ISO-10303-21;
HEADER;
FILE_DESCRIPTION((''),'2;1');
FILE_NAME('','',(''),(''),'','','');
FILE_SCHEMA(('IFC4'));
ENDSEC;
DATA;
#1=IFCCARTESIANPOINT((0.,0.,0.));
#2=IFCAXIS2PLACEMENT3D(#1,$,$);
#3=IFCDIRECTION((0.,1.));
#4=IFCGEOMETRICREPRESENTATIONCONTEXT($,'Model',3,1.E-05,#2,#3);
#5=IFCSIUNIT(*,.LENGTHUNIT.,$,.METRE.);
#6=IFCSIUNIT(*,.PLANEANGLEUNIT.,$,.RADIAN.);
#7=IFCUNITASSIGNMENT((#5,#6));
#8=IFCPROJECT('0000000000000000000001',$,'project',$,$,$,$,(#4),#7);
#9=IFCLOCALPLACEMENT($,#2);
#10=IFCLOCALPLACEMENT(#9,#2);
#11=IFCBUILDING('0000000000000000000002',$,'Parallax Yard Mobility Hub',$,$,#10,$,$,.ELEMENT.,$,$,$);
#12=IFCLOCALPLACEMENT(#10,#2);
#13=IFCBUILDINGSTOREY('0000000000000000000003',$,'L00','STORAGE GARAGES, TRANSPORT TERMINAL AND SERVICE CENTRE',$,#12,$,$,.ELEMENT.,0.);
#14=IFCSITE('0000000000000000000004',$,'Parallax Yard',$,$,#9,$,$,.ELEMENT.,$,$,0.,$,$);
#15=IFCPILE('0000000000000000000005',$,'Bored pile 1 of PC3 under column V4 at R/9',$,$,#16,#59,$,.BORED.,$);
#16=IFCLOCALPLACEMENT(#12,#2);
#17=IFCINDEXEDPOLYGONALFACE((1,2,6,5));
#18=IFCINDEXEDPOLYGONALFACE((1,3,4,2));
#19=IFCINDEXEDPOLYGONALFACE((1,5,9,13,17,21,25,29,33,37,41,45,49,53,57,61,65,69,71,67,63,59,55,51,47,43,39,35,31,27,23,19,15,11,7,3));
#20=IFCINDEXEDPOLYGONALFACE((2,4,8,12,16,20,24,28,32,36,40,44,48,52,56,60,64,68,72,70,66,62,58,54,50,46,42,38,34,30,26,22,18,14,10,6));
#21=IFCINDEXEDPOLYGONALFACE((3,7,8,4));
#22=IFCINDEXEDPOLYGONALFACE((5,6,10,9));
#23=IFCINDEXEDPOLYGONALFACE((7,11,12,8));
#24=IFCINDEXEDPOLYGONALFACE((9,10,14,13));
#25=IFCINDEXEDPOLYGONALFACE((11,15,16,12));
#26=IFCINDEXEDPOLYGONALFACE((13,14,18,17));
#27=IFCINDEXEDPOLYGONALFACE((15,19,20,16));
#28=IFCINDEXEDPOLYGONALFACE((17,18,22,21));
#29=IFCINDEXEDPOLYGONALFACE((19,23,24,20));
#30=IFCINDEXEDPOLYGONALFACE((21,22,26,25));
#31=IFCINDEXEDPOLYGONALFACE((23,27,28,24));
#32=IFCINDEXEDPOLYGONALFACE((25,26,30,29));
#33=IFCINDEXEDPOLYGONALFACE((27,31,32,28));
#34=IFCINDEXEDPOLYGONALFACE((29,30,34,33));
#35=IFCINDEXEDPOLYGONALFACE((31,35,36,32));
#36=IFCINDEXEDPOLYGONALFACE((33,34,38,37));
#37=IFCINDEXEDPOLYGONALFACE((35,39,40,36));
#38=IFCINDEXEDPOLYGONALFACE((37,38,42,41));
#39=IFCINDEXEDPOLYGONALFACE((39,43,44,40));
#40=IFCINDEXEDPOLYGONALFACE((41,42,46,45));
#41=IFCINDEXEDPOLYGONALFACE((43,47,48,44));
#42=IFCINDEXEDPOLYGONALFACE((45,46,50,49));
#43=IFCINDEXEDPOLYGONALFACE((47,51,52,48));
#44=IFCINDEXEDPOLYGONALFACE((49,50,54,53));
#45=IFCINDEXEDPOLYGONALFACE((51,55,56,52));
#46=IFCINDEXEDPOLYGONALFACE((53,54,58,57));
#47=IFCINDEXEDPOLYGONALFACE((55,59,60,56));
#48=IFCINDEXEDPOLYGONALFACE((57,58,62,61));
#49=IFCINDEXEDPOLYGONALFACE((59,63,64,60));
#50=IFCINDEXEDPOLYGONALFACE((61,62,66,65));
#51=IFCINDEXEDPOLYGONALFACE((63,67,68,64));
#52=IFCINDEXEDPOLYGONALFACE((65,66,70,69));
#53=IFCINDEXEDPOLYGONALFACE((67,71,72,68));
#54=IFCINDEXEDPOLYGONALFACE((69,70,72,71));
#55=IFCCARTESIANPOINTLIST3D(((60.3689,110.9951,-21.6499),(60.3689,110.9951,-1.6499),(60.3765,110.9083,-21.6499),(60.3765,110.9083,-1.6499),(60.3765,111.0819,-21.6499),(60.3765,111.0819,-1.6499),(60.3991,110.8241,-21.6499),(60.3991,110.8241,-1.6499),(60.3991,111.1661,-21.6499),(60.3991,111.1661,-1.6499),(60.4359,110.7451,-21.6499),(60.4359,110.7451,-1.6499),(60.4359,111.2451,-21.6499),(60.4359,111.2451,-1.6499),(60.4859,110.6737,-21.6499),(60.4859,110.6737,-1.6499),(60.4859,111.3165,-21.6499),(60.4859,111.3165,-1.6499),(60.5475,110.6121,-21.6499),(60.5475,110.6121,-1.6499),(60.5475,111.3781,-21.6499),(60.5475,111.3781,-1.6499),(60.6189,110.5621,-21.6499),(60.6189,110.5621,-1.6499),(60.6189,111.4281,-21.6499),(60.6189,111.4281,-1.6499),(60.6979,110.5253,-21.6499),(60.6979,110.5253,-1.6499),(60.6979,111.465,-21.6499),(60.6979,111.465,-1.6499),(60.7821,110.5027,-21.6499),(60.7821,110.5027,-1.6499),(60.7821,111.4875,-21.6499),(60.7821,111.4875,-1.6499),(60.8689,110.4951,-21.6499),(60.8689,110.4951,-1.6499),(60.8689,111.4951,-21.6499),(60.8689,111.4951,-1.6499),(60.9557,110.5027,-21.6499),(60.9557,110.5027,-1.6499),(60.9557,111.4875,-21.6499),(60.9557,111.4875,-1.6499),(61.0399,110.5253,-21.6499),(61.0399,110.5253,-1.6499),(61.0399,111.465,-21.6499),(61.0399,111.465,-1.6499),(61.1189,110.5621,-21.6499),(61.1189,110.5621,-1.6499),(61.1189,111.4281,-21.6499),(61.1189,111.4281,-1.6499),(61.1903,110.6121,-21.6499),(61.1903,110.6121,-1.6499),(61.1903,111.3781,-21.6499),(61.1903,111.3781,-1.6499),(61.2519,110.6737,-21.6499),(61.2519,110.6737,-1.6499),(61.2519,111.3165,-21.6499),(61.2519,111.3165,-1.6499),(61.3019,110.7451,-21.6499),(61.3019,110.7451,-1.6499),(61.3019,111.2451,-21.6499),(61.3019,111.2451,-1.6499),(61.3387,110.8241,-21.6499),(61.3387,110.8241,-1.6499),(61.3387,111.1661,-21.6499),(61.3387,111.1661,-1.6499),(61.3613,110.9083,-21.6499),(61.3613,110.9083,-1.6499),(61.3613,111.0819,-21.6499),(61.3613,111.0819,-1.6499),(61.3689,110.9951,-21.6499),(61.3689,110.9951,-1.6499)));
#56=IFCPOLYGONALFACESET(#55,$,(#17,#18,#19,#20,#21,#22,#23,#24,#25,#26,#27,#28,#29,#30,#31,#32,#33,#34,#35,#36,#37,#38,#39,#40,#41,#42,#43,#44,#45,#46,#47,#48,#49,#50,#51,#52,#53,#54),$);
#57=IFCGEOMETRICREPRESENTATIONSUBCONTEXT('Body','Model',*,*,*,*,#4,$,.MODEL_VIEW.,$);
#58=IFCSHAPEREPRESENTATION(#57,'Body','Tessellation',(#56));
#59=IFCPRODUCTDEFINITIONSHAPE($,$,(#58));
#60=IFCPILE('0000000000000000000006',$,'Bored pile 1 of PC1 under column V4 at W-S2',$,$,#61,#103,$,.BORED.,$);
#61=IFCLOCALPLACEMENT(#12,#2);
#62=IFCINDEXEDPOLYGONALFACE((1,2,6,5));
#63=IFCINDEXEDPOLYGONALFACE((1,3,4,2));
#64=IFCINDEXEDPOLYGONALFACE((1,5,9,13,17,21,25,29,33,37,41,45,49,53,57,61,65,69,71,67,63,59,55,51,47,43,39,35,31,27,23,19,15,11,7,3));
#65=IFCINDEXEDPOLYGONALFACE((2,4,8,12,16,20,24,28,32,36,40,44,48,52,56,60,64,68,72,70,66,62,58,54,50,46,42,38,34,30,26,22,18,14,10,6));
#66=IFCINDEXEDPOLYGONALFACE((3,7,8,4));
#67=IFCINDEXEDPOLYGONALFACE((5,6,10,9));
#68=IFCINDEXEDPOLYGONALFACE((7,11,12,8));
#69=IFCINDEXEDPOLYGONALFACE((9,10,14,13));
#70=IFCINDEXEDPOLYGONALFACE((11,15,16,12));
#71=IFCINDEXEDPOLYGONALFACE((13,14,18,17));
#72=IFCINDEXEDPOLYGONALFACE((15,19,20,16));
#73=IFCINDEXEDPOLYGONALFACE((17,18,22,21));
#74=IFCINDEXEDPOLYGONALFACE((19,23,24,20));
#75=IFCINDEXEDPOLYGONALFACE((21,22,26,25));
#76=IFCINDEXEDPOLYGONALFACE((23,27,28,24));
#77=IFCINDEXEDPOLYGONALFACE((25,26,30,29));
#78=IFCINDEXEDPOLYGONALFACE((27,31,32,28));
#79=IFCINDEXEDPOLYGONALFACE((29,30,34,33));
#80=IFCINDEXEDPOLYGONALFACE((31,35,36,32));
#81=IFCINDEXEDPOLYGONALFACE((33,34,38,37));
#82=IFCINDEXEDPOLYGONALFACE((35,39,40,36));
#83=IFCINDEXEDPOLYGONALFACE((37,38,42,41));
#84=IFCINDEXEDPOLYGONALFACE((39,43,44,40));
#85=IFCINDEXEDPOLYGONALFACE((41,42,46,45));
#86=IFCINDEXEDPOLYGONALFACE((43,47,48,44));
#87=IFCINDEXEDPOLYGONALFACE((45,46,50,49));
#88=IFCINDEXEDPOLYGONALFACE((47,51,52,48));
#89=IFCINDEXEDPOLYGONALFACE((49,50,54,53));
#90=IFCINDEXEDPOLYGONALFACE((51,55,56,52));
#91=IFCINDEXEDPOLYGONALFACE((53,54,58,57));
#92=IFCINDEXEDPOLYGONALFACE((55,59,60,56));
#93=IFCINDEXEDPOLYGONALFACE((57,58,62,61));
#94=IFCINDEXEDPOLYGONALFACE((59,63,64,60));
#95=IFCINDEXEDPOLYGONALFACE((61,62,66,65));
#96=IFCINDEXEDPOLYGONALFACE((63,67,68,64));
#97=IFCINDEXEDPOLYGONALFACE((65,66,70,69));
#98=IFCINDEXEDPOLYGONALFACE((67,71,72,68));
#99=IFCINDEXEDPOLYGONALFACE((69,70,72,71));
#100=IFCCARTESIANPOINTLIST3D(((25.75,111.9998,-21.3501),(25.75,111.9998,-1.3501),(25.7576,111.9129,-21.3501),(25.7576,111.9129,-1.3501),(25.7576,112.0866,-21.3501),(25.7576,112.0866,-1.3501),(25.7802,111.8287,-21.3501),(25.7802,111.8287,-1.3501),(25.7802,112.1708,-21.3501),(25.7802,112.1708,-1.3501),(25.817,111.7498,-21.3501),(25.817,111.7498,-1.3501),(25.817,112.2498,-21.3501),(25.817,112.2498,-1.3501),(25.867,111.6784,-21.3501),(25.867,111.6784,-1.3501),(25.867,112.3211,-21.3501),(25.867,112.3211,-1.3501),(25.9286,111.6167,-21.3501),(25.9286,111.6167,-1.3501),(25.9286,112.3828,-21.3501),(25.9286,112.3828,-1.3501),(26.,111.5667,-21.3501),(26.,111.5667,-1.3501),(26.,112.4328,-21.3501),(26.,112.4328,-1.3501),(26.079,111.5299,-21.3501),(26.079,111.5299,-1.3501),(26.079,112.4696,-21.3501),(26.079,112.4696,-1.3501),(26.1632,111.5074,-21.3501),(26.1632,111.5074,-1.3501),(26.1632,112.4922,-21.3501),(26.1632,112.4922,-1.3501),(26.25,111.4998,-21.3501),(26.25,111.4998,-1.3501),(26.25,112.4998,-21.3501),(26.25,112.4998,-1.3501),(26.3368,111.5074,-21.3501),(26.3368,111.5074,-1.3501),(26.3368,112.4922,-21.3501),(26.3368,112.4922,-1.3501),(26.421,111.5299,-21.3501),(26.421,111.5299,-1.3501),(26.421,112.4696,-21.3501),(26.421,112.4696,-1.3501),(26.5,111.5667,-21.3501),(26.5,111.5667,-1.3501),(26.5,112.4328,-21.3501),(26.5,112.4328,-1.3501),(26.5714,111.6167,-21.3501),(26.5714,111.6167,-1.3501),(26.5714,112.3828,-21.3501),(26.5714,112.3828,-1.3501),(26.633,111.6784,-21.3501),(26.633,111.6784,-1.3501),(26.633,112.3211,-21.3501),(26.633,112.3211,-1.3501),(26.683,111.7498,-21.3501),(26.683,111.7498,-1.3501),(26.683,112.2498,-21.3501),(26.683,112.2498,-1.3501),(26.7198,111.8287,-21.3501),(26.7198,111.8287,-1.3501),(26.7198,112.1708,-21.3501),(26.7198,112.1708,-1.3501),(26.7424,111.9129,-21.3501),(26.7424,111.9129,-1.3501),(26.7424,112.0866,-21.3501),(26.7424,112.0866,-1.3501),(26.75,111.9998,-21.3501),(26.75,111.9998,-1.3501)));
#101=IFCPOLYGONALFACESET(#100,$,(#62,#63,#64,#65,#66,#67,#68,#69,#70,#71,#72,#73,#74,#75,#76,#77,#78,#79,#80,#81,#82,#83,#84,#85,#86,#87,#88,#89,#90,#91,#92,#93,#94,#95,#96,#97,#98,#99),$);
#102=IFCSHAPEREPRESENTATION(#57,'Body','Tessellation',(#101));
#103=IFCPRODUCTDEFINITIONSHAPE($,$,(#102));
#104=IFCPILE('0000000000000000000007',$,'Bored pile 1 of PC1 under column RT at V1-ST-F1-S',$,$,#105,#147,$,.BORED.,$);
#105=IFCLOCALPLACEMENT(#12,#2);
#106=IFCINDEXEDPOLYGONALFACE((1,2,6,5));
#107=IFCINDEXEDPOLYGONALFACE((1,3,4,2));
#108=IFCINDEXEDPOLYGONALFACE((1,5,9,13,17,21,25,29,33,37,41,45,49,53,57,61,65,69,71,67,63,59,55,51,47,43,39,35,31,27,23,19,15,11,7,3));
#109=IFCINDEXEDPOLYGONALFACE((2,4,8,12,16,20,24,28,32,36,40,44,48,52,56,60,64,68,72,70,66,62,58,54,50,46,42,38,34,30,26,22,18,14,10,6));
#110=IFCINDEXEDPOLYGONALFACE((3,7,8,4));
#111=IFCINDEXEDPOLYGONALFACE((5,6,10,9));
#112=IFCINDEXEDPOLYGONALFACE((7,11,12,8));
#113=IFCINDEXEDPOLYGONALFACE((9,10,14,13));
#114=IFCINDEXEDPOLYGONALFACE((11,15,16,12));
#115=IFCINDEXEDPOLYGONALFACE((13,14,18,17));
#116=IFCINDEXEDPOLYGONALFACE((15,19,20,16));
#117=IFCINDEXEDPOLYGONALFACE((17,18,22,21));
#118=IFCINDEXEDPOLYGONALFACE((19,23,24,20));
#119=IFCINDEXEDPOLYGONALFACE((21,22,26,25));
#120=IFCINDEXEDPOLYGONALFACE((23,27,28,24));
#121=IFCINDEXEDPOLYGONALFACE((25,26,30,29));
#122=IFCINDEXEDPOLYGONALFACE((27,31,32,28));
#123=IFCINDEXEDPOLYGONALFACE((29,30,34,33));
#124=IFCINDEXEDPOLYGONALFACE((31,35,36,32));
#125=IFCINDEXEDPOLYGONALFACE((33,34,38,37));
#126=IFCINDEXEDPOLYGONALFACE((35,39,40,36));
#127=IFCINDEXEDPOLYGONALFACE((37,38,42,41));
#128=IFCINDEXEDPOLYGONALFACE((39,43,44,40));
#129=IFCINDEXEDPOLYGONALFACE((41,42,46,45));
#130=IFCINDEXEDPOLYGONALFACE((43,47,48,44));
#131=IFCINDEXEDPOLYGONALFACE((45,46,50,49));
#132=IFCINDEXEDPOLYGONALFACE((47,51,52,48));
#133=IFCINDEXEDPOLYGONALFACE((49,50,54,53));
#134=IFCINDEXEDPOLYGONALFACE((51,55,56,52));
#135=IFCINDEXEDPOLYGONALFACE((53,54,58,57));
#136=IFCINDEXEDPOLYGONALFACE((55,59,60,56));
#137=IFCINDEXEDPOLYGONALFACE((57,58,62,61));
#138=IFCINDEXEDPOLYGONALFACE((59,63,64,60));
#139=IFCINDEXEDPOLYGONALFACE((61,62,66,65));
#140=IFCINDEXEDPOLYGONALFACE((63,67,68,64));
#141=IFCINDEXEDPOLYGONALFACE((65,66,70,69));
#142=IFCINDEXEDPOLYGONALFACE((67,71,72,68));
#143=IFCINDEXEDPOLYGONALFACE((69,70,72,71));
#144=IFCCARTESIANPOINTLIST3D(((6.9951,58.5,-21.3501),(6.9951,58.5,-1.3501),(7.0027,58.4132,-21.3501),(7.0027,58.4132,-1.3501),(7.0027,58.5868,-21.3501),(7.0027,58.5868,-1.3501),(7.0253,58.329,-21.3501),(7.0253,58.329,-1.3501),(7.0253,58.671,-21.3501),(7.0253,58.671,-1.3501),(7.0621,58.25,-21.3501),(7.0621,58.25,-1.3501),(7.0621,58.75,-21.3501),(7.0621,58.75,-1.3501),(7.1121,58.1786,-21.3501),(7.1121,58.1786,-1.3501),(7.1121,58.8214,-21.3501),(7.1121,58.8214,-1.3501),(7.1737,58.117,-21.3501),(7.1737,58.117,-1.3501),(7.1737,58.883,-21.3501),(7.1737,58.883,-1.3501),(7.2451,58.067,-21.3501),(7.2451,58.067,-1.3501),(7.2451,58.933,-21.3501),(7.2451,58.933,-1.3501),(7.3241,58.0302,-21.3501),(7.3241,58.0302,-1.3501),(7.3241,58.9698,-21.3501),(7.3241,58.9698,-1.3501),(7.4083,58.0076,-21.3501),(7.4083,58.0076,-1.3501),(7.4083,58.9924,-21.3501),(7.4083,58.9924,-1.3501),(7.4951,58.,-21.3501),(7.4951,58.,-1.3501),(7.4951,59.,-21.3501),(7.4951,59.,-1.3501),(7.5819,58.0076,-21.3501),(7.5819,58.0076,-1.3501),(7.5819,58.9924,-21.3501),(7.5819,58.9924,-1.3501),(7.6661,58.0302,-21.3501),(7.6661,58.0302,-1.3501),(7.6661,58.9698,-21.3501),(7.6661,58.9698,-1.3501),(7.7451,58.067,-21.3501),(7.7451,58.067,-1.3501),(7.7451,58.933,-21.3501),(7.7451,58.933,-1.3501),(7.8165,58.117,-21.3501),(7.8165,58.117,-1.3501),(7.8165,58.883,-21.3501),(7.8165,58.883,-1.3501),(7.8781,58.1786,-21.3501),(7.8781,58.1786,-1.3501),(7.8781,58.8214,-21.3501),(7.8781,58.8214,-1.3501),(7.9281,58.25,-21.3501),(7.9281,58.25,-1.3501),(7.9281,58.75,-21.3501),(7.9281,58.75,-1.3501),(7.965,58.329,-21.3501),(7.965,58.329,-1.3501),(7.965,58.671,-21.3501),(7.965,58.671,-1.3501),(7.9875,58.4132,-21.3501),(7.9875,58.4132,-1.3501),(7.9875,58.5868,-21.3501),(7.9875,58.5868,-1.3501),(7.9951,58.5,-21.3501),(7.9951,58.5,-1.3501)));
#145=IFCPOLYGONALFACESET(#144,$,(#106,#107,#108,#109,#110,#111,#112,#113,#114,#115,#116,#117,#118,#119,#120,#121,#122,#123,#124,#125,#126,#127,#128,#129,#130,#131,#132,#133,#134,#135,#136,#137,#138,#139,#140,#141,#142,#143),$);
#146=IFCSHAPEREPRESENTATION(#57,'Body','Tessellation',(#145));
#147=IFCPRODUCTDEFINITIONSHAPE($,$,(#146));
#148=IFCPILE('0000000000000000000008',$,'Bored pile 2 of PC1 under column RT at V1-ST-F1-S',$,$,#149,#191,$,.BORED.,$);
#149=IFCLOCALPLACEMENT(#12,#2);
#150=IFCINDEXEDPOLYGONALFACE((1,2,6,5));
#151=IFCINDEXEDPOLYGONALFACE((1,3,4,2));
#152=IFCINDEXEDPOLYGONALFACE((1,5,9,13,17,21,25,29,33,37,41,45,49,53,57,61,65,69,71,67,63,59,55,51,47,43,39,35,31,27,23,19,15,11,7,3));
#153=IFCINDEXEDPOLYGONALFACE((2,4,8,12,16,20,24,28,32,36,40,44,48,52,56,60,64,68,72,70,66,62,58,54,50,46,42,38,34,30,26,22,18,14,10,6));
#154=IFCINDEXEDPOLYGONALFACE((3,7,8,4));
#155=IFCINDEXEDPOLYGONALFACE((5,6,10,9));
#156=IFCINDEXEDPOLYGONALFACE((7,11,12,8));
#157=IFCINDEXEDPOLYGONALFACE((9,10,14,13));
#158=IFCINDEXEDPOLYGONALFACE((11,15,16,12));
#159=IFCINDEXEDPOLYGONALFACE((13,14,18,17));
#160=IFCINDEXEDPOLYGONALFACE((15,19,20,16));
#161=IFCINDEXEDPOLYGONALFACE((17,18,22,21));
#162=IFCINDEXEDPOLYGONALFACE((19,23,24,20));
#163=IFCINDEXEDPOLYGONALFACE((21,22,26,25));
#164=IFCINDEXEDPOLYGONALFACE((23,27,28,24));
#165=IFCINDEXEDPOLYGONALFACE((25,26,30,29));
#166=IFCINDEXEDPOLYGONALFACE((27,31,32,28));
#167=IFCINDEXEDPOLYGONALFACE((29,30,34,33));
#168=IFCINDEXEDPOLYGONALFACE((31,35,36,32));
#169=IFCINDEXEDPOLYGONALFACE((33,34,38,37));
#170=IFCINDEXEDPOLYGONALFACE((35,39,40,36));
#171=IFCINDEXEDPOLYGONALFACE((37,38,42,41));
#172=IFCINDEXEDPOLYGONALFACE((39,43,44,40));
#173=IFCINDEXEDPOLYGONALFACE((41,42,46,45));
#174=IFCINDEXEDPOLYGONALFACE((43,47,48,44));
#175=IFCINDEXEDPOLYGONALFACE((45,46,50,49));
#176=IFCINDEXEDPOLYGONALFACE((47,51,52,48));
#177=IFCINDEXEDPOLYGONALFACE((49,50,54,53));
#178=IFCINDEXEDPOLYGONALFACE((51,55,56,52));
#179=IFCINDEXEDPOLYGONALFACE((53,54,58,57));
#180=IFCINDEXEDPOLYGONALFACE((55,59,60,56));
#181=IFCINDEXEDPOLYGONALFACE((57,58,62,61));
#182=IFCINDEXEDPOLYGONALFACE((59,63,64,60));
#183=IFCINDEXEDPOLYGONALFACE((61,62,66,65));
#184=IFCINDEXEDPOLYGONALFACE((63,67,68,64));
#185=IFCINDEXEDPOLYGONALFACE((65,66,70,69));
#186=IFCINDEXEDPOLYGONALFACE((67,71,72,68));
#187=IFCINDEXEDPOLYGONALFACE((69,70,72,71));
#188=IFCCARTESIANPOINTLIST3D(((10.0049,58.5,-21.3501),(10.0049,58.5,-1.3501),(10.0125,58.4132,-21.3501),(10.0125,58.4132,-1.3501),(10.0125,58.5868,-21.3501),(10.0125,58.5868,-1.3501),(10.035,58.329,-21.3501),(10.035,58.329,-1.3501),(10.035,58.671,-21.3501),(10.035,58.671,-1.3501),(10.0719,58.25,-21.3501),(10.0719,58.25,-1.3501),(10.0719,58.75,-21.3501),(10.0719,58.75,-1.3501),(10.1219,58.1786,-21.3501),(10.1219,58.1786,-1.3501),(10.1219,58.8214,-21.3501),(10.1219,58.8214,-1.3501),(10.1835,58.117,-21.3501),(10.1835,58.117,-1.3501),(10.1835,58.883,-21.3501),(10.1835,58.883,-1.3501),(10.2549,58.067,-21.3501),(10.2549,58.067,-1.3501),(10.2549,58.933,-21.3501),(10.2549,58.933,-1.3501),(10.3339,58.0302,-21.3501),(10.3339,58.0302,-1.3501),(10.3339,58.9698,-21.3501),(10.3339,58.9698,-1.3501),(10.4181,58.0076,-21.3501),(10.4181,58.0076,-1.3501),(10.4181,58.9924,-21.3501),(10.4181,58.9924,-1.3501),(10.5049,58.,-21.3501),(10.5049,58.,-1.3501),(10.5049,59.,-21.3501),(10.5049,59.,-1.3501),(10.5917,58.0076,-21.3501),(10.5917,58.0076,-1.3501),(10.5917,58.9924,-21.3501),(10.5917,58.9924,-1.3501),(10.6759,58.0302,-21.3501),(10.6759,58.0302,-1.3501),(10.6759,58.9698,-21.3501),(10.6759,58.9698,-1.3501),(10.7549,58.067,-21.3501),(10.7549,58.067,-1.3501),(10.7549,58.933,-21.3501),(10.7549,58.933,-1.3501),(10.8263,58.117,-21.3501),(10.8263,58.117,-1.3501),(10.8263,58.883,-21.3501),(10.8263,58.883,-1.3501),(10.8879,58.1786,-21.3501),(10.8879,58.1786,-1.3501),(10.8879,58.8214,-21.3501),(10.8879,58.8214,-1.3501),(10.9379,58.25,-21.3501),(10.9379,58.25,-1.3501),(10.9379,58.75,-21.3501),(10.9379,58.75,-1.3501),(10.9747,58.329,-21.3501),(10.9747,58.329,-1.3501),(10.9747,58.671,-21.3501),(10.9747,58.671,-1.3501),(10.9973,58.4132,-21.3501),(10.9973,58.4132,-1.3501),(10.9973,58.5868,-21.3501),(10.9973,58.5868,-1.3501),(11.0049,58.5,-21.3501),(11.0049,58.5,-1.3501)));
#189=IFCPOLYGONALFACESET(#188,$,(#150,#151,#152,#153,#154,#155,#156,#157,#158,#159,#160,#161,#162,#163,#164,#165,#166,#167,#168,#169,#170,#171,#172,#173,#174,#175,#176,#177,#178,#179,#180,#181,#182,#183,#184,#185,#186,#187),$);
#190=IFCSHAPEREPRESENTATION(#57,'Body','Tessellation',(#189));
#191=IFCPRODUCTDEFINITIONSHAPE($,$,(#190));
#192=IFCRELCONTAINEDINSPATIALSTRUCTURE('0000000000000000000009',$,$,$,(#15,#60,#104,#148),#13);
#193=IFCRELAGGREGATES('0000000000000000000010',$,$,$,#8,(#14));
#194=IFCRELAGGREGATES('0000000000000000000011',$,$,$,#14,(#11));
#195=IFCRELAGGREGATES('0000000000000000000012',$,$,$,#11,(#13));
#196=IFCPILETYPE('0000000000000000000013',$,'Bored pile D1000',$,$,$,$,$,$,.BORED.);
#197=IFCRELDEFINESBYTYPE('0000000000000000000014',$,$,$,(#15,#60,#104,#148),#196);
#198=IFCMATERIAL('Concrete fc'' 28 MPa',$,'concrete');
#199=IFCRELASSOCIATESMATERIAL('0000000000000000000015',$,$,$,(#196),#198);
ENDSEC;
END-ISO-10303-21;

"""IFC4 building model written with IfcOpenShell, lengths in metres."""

from ifc_helpers import new_model, si_unit, direction, frame, origin, origin_2d, place, context, subcontext, project, spatial, circle, extrude, material, material_profile, profile_set, type_object, element, save


model = new_model("IFC4")

# Units and contexts
model_context = context("Model", 3, precision=1e-05, world=origin(), true_north=direction((0.0, 1.0)))
body_context = subcontext(model_context, "Body", "Model", "MODEL_VIEW")
ifc_project = project(units=[si_unit("LENGTHUNIT", "METRE"), si_unit("PLANEANGLEUNIT", "RADIAN")], contexts=[model_context])

# Site, building, storey
site_placement = place(None, origin())
site = spatial("IfcSite", under=ifc_project, at=site_placement, Name="Parallax Yard", CompositionType="ELEMENT", RefElevation=0.0)
building_placement = place(site_placement, origin())
building = spatial("IfcBuilding", under=site, at=building_placement, Name="Parallax Yard Mobility Hub", CompositionType="ELEMENT")
storey_placement = place(building_placement, origin())
storey = spatial("IfcBuildingStorey", under=building, at=storey_placement, Name="L00", Description="STORAGE GARAGES, TRANSPORT TERMINAL AND SERVICE CENTRE", CompositionType="ELEMENT", Elevation=0.0)

# Piles
ifc_material_1 = material(Name="Concrete fc' 28 MPa", Category="concrete")
ifc_material_profile_1 = material_profile(ifc_material_1, circle(Radius=0.5, at=origin_2d()), Name="Bored pile D1000")
ifc_profile_set_1 = profile_set([ifc_material_profile_1], Name="Concrete fc' 28 MPa")
pile_type = type_object("IfcPileType", Name="Bored pile D1000", PredefinedType="BORED", material=ifc_profile_set_1)
for number, where, z_axis, x_axis, name in (
    (1, (60.8689, 110.9951, -1.6499), (0.0, 0.0, -1.0), (1.0, 0.0, 0.0), "Bored pile 1 of PC3 under column V4 at R/9"),
    (2, (26.25, 111.9998, -1.3501), (0.0, 0.0, -1.0), (1.0, 0.0, 0.0), "Bored pile 1 of PC1 under column V4 at W-S2"),
    (3, (7.4951, 58.5, -1.3501), (0.0, 0.0, -1.0), (1.0, 0.0, 0.0), "Bored pile 1 of PC1 under column RT at V1-ST-F1-S"),
    (4, (10.5049, 58.5, -1.3501), (0.0, 0.0, -1.0), (1.0, 0.0, 0.0), "Bored pile 2 of PC1 under column RT at V1-ST-F1-S"),
):
    element("IfcPile", number, at=place(storey_placement, frame(where, z_axis=z_axis, x_axis=x_axis)), inside=storey, type_object=pile_type, Name=name, PredefinedType="BORED", context=body_context, shape_type="SweptSolid", body=[
        extrude(circle(Radius=0.5, at=origin_2d()), origin(), (0.0, 0.0, 1.0), 20.0),
    ])

save(model, "model.ifc")
